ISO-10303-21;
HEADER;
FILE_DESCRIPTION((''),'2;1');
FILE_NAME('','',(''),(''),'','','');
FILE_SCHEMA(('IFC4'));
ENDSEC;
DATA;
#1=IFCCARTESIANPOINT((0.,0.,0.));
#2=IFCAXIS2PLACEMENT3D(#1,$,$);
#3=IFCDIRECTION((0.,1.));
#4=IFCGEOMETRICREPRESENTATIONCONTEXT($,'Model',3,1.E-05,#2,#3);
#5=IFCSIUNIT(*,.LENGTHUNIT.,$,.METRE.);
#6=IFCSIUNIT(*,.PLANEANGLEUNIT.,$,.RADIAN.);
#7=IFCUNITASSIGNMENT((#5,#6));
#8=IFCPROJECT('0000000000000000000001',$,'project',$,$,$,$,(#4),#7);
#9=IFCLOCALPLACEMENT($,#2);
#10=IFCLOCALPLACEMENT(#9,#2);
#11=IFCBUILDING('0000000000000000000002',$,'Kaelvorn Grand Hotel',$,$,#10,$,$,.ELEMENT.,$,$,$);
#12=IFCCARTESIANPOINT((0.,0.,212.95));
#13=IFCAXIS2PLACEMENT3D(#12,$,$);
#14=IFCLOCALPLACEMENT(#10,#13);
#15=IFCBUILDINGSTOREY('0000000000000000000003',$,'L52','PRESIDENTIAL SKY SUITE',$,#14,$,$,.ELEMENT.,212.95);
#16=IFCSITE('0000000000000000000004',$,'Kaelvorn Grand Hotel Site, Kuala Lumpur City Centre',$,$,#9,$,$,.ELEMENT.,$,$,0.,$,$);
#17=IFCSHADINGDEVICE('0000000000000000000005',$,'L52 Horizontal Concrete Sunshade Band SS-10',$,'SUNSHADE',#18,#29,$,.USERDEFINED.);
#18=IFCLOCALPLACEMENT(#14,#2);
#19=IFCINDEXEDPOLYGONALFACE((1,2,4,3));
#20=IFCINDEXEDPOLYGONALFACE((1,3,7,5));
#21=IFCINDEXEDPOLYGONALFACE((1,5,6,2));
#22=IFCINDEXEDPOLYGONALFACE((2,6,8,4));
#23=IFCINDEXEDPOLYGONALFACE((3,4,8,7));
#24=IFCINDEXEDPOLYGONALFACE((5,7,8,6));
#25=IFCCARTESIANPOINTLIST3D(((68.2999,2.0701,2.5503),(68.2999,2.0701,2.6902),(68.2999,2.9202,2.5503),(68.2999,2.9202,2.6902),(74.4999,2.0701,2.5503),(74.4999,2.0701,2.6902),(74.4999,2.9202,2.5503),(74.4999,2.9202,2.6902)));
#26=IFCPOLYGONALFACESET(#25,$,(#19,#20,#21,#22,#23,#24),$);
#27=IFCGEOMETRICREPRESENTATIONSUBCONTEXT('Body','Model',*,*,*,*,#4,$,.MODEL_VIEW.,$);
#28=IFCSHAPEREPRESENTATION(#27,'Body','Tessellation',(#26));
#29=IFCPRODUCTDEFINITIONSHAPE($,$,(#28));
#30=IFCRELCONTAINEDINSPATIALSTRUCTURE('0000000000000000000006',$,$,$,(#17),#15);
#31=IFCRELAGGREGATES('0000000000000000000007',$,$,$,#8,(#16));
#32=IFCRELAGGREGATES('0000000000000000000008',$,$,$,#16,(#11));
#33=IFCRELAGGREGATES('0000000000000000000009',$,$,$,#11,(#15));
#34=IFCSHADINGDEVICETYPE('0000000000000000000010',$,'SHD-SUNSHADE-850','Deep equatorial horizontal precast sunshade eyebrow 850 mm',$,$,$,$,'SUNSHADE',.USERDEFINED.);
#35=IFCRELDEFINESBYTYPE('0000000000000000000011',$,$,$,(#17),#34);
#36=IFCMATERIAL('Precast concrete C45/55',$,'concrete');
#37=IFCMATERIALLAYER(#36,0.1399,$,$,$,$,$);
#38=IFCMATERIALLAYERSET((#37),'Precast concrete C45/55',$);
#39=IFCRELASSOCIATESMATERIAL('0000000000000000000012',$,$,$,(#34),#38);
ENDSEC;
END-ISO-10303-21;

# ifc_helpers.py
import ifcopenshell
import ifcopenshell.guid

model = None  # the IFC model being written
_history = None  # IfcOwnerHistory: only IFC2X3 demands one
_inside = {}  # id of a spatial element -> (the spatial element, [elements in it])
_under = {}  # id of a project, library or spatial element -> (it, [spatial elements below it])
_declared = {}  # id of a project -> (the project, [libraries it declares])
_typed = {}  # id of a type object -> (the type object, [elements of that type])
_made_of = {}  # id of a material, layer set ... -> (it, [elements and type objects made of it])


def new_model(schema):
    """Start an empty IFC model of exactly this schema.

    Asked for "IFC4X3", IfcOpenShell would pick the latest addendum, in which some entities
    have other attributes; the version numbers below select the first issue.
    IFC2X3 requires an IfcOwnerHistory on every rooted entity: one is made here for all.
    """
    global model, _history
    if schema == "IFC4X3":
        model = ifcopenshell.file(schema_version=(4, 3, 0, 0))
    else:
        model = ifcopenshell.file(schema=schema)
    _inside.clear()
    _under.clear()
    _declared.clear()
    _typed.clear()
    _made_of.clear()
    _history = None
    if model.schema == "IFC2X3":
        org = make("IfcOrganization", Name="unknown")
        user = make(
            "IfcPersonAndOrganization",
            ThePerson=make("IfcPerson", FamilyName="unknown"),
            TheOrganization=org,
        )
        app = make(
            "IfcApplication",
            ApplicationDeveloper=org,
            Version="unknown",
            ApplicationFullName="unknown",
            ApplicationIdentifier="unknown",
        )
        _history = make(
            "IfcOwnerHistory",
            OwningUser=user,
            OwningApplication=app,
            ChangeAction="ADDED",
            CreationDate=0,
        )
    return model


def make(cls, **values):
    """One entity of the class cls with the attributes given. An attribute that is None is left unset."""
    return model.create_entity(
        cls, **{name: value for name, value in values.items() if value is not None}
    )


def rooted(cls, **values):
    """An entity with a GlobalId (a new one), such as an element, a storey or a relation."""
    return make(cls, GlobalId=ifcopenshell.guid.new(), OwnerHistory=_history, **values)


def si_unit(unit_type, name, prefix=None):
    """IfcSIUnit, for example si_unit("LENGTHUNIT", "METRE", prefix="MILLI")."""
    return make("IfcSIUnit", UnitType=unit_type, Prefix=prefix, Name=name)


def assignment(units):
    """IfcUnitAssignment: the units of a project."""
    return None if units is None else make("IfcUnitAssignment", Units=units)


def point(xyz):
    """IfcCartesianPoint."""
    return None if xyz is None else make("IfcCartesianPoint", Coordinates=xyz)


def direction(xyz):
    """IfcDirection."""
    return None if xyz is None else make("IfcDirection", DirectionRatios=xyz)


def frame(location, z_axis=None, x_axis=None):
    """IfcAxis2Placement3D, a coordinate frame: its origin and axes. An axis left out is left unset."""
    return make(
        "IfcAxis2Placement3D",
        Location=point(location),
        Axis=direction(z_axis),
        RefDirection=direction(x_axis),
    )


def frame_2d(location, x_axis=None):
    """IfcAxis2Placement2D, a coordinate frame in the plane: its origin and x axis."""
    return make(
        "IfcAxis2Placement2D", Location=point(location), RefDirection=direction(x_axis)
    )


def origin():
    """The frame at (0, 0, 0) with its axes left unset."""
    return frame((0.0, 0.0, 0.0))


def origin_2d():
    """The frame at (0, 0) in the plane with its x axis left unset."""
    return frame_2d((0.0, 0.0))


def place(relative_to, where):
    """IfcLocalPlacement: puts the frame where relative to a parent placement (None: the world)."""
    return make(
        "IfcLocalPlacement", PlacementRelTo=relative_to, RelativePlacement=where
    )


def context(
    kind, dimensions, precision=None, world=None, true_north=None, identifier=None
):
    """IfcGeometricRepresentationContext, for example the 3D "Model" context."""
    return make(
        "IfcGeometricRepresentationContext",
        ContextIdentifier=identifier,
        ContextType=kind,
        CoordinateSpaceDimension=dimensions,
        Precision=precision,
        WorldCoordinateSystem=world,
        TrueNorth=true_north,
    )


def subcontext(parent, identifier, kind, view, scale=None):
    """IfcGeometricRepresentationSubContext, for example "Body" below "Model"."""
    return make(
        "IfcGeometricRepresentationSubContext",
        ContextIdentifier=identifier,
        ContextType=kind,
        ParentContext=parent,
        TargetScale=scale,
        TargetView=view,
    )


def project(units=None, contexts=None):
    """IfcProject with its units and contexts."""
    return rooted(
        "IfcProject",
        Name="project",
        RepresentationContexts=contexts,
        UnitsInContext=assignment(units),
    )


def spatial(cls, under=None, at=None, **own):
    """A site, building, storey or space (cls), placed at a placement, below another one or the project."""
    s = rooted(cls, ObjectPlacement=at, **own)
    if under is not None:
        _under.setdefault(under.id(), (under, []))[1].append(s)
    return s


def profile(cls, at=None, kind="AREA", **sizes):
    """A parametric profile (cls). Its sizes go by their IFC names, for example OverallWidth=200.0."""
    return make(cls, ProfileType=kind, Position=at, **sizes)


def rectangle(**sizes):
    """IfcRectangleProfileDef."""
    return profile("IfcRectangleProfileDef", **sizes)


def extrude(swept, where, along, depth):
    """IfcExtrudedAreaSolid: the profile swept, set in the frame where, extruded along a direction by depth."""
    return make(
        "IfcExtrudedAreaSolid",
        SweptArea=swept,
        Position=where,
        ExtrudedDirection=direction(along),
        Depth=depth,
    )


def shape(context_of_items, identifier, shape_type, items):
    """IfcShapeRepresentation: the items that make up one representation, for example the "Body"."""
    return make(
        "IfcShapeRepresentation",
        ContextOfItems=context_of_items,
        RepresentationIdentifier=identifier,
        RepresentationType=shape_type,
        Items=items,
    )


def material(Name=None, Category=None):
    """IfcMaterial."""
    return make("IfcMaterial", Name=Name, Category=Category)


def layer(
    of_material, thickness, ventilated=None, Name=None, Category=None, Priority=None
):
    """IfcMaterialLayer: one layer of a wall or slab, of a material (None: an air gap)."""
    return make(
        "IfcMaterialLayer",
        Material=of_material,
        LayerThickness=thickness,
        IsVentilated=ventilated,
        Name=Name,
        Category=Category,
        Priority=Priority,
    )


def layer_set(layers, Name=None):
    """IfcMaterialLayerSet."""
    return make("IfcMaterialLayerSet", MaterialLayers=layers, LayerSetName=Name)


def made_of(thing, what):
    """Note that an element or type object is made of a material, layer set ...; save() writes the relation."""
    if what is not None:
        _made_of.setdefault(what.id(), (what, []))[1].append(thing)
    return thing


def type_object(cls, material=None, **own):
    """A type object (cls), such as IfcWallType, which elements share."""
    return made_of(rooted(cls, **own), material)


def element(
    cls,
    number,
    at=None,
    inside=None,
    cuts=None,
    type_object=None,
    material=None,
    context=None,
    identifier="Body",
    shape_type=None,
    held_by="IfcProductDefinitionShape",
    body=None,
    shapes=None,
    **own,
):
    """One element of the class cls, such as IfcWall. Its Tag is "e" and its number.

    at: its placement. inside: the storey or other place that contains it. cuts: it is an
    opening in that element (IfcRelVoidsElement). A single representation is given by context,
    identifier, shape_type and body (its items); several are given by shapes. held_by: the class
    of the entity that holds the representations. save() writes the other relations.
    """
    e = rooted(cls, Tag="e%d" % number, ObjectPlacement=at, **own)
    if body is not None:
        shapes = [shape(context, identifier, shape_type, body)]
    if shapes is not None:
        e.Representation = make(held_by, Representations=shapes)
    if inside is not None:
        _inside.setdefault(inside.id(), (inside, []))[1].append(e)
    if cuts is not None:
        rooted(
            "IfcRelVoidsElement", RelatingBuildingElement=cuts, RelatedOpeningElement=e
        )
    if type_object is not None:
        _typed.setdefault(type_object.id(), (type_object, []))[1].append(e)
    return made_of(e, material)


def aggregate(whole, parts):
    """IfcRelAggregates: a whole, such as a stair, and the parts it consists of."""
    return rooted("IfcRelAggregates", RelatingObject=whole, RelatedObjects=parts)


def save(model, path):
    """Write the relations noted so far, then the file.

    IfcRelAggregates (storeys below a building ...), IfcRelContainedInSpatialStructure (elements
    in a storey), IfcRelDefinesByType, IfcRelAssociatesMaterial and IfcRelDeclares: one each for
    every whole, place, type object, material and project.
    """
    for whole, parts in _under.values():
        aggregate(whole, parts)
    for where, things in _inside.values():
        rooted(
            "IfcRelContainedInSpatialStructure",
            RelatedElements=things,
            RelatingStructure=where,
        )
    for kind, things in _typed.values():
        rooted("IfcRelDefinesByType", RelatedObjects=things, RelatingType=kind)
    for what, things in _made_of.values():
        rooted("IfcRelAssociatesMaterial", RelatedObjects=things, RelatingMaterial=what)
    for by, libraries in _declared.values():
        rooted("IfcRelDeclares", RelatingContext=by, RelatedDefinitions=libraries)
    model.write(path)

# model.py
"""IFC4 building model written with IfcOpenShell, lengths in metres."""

from ifc_helpers import new_model, si_unit, direction, frame, origin, origin_2d, place, context, subcontext, project, spatial, rectangle, extrude, material, layer, layer_set, type_object, element, save


model = new_model("IFC4")

# Units and contexts
model_context = context("Model", 3, precision=1e-05, world=origin(), true_north=direction((0.0, 1.0)))
body_context = subcontext(model_context, "Body", "Model", "MODEL_VIEW")
ifc_project = project(units=[si_unit("LENGTHUNIT", "METRE"), si_unit("PLANEANGLEUNIT", "RADIAN")], contexts=[model_context])

# Site, building, storey
site_placement = place(None, origin())
site = spatial("IfcSite", under=ifc_project, at=site_placement, Name="Kaelvorn Grand Hotel Site, Kuala Lumpur City Centre", CompositionType="ELEMENT", RefElevation=0.0)
building_placement = place(site_placement, origin())
building = spatial("IfcBuilding", under=site, at=building_placement, Name="Kaelvorn Grand Hotel", CompositionType="ELEMENT")
storey_placement = place(building_placement, frame((0.0, 0.0, 212.95)))
storey = spatial("IfcBuildingStorey", under=building, at=storey_placement, Name="L52", Description="PRESIDENTIAL SKY SUITE", CompositionType="ELEMENT", Elevation=212.95)

# Shared definitions
ifc_material_1 = material(Name="Precast concrete C45/55", Category="concrete")

# Shading device
ifc_layer_1 = layer(ifc_material_1, 0.1399)
ifc_layer_set_1 = layer_set([ifc_layer_1], Name="Precast concrete C45/55")
shading_device_type = type_object("IfcShadingDeviceType", Name="SHD-SUNSHADE-850", Description="Deep equatorial horizontal precast sunshade eyebrow 850 mm", ElementType="SUNSHADE", PredefinedType="USERDEFINED", material=ifc_layer_set_1)
shading_device_placement = place(storey_placement, frame((71.3999, 2.4951, 2.5503), z_axis=(0.0, 0.0, 1.0), x_axis=(1.0, 0.0, 0.0)))
element("IfcShadingDevice", 1, at=shading_device_placement, inside=storey, type_object=shading_device_type, Name="L52 Horizontal Concrete Sunshade Band SS-10", ObjectType="SUNSHADE", PredefinedType="USERDEFINED", context=body_context, shape_type="SweptSolid", body=[
    extrude(rectangle(XDim=6.2, YDim=0.8501, at=origin_2d()), origin(), (0.0, 0.0, 1.0), 0.1399),
])

save(model, "model.ifc")
